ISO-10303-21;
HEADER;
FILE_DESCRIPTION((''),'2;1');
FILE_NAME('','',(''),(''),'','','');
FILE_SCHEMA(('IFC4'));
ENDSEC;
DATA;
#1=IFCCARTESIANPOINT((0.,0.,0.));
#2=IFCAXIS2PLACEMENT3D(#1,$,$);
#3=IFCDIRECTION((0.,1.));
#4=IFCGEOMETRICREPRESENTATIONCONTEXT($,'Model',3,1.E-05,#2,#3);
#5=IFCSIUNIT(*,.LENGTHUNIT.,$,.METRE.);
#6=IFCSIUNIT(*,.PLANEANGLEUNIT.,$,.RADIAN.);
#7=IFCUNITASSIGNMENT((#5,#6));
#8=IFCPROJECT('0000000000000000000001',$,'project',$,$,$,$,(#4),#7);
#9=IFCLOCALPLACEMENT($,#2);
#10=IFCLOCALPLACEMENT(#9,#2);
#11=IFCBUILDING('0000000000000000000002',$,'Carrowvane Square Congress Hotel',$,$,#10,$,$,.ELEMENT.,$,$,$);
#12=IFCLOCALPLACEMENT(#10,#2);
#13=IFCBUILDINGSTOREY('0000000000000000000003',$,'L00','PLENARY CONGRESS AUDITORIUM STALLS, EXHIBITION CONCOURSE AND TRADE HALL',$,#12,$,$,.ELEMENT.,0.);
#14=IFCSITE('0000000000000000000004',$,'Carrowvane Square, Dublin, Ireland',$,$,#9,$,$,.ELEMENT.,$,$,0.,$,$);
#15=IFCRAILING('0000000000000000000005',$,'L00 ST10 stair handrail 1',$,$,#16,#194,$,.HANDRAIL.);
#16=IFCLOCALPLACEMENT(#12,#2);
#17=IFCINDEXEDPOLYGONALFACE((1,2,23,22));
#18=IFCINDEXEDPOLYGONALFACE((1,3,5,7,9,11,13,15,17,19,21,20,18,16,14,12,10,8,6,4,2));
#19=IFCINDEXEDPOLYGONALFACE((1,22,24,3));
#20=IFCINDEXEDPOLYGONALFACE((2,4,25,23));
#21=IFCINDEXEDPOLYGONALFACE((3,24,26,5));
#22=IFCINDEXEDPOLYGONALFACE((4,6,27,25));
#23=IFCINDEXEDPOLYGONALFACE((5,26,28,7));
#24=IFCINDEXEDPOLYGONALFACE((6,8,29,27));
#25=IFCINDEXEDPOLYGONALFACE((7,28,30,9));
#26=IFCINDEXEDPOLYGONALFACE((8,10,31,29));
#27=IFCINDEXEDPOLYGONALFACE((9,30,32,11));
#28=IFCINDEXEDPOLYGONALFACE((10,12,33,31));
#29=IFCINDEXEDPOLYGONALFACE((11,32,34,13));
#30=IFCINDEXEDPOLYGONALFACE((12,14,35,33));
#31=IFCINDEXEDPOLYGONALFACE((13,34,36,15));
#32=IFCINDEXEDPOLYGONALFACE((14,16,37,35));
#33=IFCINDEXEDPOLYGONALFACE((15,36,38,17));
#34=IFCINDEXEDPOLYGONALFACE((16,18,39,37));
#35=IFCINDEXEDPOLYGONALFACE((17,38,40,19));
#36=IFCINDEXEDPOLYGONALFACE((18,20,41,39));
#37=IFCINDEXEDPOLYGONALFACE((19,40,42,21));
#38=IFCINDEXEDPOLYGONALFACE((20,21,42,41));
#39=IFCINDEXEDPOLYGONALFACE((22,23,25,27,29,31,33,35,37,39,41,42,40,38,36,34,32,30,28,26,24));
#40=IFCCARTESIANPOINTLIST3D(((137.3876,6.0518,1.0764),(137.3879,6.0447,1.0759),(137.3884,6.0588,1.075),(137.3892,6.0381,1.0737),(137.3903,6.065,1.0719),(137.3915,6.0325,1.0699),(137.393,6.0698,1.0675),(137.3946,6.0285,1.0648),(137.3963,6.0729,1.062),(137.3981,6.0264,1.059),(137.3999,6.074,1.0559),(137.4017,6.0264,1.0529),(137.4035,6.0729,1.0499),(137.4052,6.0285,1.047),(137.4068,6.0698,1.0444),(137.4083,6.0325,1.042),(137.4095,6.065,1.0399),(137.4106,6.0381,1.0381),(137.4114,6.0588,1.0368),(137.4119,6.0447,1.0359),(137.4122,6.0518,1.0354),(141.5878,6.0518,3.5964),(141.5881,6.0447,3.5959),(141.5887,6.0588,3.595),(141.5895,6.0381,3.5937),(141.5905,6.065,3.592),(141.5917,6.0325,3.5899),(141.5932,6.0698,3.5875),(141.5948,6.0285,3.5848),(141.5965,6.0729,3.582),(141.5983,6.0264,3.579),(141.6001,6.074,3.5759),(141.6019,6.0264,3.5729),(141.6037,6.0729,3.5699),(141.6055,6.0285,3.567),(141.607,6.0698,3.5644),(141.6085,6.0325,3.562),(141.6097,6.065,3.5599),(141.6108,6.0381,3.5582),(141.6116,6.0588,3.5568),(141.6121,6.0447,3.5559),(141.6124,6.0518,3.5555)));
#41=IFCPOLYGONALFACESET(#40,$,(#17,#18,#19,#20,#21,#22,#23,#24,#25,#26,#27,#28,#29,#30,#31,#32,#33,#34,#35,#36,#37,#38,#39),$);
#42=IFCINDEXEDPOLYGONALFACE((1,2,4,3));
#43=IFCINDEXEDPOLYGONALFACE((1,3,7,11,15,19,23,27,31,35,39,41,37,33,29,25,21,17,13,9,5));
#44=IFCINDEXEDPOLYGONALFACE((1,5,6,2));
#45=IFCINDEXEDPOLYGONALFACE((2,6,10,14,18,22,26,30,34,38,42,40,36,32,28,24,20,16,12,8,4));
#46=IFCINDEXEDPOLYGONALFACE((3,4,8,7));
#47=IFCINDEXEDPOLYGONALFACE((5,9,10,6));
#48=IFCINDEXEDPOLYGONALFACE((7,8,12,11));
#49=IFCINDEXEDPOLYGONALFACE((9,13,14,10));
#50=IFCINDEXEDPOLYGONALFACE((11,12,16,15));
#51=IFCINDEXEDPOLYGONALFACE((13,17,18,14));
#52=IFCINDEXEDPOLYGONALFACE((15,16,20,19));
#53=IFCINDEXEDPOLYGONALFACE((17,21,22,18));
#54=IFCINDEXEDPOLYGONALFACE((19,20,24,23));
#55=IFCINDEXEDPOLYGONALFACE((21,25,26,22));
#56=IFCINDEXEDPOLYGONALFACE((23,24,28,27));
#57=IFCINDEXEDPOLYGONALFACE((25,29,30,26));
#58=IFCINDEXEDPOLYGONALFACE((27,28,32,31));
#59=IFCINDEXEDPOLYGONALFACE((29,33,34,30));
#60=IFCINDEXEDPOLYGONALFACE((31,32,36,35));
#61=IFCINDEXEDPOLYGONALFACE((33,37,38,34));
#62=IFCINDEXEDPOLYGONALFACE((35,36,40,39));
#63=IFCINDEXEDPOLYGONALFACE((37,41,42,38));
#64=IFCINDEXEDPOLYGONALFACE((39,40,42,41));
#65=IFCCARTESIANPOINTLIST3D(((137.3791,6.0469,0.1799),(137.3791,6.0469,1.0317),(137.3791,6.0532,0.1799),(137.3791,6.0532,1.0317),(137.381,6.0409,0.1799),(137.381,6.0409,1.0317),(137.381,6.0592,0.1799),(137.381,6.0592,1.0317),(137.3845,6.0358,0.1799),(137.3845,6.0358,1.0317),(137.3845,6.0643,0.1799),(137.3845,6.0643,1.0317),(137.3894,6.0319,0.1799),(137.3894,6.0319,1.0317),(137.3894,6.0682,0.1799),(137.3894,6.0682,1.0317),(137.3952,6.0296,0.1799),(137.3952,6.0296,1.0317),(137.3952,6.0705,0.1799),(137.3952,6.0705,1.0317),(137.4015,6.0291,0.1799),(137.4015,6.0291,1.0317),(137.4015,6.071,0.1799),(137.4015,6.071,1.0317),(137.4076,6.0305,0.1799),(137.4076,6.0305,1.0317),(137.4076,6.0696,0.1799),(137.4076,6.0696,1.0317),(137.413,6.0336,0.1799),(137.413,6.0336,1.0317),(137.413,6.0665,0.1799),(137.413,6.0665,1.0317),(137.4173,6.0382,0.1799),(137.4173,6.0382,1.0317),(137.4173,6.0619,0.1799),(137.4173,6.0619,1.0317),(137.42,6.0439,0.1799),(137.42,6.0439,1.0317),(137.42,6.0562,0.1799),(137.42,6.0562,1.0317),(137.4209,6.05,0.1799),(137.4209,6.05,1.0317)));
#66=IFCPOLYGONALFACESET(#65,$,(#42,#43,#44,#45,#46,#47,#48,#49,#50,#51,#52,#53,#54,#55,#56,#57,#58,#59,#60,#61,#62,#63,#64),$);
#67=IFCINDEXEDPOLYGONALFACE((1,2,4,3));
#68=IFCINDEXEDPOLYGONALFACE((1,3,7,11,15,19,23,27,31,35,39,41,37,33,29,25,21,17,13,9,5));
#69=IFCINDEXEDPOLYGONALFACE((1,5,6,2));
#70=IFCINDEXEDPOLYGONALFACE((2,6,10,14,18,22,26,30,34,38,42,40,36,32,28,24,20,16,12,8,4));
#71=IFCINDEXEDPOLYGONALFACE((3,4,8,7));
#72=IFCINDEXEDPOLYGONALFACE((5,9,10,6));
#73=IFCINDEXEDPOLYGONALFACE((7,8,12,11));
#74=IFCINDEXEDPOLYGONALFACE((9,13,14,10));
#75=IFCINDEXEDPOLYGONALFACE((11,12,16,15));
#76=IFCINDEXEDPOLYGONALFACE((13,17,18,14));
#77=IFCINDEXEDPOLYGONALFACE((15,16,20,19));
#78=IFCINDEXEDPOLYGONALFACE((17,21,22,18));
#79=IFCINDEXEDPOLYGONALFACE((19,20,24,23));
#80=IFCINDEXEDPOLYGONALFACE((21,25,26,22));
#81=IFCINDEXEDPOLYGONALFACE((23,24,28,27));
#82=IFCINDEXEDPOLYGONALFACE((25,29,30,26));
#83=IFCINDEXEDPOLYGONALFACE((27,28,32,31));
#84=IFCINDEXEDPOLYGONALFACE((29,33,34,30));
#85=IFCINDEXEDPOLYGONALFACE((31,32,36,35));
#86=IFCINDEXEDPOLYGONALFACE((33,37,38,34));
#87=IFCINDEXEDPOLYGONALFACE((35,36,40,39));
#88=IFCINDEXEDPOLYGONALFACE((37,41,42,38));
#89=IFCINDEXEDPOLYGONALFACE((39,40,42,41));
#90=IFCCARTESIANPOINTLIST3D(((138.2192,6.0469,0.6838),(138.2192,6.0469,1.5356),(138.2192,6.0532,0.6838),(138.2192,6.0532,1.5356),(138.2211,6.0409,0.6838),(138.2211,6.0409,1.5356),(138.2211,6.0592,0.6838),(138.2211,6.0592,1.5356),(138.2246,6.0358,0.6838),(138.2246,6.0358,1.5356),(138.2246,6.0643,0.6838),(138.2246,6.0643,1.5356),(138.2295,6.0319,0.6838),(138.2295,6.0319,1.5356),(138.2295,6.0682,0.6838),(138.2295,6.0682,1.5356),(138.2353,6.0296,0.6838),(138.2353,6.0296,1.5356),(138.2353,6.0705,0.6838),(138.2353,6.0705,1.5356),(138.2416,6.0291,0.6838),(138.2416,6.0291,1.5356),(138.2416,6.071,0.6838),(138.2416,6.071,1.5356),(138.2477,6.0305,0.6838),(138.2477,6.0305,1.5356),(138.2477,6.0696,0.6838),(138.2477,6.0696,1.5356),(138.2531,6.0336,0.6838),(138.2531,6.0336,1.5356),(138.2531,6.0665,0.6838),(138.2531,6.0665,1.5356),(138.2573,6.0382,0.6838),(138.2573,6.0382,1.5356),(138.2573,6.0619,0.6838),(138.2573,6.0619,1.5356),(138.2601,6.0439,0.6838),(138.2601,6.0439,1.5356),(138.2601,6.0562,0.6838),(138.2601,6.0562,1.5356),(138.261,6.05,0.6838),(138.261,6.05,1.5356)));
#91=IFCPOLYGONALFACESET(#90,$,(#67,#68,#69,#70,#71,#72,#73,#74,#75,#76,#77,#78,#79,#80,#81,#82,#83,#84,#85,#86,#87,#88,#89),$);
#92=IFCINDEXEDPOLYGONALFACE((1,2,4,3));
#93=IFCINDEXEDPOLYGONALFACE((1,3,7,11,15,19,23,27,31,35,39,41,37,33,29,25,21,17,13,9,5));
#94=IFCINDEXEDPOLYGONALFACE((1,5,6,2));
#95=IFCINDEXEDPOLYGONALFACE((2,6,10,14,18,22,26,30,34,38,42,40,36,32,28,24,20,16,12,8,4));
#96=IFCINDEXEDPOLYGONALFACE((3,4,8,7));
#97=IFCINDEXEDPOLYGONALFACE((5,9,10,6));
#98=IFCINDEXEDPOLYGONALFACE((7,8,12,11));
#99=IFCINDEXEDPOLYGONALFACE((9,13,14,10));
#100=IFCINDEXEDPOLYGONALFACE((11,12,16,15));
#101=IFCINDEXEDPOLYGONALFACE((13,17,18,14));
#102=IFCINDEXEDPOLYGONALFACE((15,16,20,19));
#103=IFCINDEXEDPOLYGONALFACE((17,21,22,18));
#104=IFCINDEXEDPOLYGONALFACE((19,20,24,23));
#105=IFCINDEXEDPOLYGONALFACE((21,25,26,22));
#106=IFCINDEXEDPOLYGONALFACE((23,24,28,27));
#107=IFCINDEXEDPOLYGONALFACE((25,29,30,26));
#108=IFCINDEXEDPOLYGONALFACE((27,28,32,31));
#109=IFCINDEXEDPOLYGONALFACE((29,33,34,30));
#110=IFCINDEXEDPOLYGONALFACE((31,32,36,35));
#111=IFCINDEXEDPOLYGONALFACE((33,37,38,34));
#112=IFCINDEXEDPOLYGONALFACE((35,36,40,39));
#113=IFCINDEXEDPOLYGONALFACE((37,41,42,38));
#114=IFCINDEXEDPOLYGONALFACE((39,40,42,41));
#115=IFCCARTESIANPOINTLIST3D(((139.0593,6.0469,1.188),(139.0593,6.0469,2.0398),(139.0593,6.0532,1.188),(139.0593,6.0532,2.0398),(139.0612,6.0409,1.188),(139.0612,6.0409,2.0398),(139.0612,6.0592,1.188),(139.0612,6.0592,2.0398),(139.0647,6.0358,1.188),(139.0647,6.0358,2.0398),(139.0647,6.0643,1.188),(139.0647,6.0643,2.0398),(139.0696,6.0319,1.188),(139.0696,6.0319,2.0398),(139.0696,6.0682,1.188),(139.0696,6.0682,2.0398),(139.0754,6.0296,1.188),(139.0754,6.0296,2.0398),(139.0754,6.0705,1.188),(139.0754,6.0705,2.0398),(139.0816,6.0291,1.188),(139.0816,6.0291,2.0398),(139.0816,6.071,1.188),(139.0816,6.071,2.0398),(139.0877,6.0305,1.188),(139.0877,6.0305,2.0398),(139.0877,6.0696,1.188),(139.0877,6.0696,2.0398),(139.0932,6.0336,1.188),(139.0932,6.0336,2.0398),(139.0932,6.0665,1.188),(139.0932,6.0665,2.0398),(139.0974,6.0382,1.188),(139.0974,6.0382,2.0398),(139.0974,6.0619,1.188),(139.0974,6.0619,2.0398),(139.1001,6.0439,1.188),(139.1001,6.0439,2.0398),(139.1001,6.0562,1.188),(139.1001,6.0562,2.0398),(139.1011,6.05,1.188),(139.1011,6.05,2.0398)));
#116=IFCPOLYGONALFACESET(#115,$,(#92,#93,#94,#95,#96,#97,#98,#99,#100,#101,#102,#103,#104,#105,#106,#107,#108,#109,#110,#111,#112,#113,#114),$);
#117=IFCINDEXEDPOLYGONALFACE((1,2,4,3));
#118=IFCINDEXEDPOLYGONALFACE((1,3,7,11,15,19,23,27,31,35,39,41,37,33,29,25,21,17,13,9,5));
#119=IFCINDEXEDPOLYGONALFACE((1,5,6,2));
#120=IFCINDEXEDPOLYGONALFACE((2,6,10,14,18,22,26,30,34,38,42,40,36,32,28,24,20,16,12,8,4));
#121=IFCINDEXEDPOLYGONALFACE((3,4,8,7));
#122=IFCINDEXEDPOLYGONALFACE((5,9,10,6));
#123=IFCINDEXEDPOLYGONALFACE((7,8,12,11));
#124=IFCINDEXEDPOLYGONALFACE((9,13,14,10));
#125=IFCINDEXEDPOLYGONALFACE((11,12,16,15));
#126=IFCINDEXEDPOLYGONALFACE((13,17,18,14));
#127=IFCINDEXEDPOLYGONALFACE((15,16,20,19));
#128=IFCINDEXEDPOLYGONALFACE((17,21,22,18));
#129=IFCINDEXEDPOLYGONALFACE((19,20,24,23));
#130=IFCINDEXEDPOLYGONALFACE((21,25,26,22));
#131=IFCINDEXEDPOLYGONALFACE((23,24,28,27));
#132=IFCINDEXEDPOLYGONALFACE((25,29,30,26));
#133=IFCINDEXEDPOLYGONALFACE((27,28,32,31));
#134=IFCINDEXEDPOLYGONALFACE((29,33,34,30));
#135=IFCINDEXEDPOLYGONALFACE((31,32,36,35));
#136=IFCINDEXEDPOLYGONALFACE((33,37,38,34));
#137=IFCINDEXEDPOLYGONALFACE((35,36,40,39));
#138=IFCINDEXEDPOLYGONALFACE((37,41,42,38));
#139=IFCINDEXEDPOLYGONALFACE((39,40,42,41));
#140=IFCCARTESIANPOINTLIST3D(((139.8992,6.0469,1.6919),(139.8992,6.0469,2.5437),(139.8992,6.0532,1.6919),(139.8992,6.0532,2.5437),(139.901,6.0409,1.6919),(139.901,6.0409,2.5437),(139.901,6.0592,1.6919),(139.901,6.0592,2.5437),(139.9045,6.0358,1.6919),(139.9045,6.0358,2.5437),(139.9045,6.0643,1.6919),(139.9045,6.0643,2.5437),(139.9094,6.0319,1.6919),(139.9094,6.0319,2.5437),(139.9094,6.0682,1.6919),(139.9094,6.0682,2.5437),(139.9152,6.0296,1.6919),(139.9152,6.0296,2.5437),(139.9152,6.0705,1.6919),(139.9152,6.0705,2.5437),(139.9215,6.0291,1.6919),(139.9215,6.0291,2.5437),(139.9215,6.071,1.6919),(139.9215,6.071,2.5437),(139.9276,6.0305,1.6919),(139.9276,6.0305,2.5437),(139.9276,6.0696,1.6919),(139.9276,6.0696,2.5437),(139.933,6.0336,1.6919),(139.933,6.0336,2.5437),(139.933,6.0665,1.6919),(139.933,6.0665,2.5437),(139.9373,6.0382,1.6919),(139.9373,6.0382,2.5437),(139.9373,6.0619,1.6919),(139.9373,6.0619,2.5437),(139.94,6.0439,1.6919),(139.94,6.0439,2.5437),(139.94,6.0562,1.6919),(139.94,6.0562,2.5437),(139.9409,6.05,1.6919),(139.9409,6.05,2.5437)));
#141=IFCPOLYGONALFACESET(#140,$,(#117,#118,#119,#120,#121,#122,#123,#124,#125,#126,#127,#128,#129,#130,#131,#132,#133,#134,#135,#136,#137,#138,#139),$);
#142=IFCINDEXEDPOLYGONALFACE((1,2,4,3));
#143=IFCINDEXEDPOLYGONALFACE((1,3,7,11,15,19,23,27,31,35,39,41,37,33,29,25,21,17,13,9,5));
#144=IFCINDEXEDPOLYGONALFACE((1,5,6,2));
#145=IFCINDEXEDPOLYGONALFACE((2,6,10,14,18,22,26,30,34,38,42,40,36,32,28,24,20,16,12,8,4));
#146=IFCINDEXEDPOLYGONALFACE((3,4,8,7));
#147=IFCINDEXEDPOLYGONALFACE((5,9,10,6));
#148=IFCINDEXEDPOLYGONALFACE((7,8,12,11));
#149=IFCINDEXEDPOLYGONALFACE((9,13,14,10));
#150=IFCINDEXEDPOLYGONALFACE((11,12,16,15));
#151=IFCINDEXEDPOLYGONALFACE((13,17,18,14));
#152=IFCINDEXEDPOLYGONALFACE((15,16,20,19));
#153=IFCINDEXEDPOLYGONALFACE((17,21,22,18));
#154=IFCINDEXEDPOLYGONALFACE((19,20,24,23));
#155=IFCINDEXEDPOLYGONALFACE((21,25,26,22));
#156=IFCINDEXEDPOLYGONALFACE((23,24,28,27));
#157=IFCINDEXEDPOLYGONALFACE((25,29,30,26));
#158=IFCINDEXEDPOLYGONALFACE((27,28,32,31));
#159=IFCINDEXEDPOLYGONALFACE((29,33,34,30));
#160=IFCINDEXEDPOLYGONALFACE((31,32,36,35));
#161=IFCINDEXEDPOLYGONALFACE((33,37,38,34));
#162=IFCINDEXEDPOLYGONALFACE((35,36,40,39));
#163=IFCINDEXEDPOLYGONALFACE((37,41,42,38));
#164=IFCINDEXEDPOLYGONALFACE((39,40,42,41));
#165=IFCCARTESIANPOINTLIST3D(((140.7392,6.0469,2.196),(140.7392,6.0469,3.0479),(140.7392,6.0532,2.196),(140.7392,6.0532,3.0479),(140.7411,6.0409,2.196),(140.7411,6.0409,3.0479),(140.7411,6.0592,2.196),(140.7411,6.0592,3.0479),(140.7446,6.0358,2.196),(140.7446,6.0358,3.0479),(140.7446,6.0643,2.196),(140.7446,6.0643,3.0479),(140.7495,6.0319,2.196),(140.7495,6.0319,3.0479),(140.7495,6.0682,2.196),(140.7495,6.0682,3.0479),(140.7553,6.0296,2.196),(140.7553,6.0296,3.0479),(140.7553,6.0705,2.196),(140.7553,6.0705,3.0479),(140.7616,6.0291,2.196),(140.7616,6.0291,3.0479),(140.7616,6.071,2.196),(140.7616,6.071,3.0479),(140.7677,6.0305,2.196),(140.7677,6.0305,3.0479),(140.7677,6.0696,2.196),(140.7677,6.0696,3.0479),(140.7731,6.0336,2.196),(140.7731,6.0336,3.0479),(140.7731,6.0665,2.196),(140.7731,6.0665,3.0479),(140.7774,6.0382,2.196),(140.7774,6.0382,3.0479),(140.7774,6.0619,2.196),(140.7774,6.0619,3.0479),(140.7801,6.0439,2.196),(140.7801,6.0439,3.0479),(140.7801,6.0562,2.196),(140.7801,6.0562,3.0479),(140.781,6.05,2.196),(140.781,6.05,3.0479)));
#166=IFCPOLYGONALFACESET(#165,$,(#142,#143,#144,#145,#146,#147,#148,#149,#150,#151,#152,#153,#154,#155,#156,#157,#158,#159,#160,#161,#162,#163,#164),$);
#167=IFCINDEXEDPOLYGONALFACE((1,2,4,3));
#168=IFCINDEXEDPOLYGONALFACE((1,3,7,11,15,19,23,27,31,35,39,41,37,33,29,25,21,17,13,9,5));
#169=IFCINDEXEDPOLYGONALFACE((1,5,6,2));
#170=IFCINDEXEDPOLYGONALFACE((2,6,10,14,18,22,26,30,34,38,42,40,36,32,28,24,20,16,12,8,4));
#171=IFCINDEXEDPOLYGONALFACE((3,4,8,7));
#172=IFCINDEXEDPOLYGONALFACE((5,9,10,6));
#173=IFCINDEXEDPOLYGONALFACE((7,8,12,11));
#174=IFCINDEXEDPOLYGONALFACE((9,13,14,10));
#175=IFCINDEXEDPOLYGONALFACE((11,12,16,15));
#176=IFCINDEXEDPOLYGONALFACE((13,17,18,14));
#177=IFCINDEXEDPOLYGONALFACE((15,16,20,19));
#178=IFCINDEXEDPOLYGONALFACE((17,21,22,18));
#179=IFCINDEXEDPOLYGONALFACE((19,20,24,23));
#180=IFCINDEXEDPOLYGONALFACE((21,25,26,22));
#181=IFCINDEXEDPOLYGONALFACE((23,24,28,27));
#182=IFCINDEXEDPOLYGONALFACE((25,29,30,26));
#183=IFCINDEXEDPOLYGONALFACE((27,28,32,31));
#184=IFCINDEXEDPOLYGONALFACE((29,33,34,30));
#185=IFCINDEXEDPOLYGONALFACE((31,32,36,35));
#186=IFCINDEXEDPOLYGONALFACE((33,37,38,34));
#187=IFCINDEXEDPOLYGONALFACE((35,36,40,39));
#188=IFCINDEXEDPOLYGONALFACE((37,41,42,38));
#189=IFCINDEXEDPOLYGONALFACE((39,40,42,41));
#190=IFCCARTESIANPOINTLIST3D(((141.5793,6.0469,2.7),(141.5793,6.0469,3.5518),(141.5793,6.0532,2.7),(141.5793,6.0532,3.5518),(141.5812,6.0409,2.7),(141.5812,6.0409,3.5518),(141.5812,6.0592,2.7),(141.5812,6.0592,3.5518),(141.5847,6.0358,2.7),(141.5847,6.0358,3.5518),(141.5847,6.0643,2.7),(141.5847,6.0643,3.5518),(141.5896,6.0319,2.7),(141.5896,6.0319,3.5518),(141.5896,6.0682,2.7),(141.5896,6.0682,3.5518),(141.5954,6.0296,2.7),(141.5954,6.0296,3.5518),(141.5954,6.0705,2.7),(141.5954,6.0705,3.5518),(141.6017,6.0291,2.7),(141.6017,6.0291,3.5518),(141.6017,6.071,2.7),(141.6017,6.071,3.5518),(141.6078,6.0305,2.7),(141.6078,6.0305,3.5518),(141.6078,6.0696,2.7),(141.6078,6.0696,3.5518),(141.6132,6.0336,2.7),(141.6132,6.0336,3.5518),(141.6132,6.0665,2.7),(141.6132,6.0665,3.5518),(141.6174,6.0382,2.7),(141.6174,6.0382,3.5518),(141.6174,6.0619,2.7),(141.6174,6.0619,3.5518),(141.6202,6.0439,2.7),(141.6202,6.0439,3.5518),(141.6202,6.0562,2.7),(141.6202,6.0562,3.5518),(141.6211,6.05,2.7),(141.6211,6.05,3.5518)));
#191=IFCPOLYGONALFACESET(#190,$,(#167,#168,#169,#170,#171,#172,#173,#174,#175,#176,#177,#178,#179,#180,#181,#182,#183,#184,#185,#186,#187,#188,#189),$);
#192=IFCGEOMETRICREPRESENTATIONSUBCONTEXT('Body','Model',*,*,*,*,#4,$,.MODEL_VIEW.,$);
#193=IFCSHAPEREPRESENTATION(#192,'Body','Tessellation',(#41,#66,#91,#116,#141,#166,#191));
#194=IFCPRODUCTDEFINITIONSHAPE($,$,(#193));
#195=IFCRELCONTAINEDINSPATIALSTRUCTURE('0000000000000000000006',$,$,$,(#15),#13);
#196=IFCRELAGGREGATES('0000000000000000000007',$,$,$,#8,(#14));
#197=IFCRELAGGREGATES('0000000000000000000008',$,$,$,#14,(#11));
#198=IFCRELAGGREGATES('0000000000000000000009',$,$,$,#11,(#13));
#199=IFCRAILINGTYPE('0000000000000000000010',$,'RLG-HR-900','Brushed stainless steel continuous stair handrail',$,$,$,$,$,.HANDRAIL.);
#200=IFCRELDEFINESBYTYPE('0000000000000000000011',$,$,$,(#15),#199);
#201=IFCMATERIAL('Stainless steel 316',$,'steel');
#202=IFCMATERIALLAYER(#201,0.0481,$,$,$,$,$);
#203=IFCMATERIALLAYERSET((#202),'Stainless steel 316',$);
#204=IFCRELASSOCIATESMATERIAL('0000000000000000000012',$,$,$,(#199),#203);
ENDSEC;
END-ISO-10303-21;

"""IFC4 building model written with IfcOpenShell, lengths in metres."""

from ifc_helpers import new_model, si_unit, direction, frame, origin, origin_2d, place, context, subcontext, project, spatial, circle, extrude, material, layer, layer_set, type_object, element, save


model = new_model("IFC4")

# Units and contexts
model_context = context("Model", 3, precision=1e-05, world=origin(), true_north=direction((0.0, 1.0)))
body_context = subcontext(model_context, "Body", "Model", "MODEL_VIEW")
ifc_project = project(units=[si_unit("LENGTHUNIT", "METRE"), si_unit("PLANEANGLEUNIT", "RADIAN")], contexts=[model_context])

# Site, building, storey
site_placement = place(None, origin())
site = spatial("IfcSite", under=ifc_project, at=site_placement, Name="Carrowvane Square, Dublin, Ireland", CompositionType="ELEMENT", RefElevation=0.0)
building_placement = place(site_placement, origin())
building = spatial("IfcBuilding", under=site, at=building_placement, Name="Carrowvane Square Congress Hotel", CompositionType="ELEMENT")
storey_placement = place(building_placement, origin())
storey = spatial("IfcBuildingStorey", under=building, at=storey_placement, Name="L00", Description="PLENARY CONGRESS AUDITORIUM STALLS, EXHIBITION CONCOURSE AND TRADE HALL", CompositionType="ELEMENT", Elevation=0.0)

# Railing
ifc_material_1 = material(Name="Stainless steel 316", Category="steel")
ifc_layer_1 = layer(ifc_material_1, 0.0481)
ifc_layer_set_1 = layer_set([ifc_layer_1], Name="Stainless steel 316")
railing_type_1 = type_object("IfcRailingType", Name="RLG-HR-900", Description="Brushed stainless steel continuous stair handrail", PredefinedType="HANDRAIL", material=ifc_layer_set_1)
railing_1_placement = place(storey_placement, frame((137.3999, 6.05, 0.1799)))
element("IfcRailing", 1, at=railing_1_placement, inside=storey, type_object=railing_type_1, Name="L00 ST10 stair handrail 1", PredefinedType="HANDRAIL", context=body_context, shape_type="SweptSolid", body=[
    extrude(circle(Radius=0.0239, at=origin_2d()), frame((0.0, 0.0, 0.876), z_axis=(0.857502, 0.0, 0.514481), x_axis=(0.0, 1.0, 0.0)), (0.0, 0.0, 1.0), 4.8982),
    extrude(circle(Radius=0.021, at=origin_2d()), origin(), (0.0, 0.0, 1.0), 0.8518),
    extrude(circle(Radius=0.021, at=origin_2d()), frame((0.8401, 0.0, 0.5039)), (0.0, 0.0, 1.0), 0.8518),
    extrude(circle(Radius=0.021, at=origin_2d()), frame((1.6802, 0.0, 1.0081)), (0.0, 0.0, 1.0), 0.8518),
    extrude(circle(Radius=0.021, at=origin_2d()), frame((2.52, 0.0, 1.512)), (0.0, 0.0, 1.0), 0.8518),
    extrude(circle(Radius=0.021, at=origin_2d()), frame((3.3601, 0.0, 2.0161)), (0.0, 0.0, 1.0), 0.8518),
    extrude(circle(Radius=0.021, at=origin_2d()), frame((4.2002, 0.0, 2.52)), (0.0, 0.0, 1.0), 0.8518),
])

save(model, "model.ifc")
